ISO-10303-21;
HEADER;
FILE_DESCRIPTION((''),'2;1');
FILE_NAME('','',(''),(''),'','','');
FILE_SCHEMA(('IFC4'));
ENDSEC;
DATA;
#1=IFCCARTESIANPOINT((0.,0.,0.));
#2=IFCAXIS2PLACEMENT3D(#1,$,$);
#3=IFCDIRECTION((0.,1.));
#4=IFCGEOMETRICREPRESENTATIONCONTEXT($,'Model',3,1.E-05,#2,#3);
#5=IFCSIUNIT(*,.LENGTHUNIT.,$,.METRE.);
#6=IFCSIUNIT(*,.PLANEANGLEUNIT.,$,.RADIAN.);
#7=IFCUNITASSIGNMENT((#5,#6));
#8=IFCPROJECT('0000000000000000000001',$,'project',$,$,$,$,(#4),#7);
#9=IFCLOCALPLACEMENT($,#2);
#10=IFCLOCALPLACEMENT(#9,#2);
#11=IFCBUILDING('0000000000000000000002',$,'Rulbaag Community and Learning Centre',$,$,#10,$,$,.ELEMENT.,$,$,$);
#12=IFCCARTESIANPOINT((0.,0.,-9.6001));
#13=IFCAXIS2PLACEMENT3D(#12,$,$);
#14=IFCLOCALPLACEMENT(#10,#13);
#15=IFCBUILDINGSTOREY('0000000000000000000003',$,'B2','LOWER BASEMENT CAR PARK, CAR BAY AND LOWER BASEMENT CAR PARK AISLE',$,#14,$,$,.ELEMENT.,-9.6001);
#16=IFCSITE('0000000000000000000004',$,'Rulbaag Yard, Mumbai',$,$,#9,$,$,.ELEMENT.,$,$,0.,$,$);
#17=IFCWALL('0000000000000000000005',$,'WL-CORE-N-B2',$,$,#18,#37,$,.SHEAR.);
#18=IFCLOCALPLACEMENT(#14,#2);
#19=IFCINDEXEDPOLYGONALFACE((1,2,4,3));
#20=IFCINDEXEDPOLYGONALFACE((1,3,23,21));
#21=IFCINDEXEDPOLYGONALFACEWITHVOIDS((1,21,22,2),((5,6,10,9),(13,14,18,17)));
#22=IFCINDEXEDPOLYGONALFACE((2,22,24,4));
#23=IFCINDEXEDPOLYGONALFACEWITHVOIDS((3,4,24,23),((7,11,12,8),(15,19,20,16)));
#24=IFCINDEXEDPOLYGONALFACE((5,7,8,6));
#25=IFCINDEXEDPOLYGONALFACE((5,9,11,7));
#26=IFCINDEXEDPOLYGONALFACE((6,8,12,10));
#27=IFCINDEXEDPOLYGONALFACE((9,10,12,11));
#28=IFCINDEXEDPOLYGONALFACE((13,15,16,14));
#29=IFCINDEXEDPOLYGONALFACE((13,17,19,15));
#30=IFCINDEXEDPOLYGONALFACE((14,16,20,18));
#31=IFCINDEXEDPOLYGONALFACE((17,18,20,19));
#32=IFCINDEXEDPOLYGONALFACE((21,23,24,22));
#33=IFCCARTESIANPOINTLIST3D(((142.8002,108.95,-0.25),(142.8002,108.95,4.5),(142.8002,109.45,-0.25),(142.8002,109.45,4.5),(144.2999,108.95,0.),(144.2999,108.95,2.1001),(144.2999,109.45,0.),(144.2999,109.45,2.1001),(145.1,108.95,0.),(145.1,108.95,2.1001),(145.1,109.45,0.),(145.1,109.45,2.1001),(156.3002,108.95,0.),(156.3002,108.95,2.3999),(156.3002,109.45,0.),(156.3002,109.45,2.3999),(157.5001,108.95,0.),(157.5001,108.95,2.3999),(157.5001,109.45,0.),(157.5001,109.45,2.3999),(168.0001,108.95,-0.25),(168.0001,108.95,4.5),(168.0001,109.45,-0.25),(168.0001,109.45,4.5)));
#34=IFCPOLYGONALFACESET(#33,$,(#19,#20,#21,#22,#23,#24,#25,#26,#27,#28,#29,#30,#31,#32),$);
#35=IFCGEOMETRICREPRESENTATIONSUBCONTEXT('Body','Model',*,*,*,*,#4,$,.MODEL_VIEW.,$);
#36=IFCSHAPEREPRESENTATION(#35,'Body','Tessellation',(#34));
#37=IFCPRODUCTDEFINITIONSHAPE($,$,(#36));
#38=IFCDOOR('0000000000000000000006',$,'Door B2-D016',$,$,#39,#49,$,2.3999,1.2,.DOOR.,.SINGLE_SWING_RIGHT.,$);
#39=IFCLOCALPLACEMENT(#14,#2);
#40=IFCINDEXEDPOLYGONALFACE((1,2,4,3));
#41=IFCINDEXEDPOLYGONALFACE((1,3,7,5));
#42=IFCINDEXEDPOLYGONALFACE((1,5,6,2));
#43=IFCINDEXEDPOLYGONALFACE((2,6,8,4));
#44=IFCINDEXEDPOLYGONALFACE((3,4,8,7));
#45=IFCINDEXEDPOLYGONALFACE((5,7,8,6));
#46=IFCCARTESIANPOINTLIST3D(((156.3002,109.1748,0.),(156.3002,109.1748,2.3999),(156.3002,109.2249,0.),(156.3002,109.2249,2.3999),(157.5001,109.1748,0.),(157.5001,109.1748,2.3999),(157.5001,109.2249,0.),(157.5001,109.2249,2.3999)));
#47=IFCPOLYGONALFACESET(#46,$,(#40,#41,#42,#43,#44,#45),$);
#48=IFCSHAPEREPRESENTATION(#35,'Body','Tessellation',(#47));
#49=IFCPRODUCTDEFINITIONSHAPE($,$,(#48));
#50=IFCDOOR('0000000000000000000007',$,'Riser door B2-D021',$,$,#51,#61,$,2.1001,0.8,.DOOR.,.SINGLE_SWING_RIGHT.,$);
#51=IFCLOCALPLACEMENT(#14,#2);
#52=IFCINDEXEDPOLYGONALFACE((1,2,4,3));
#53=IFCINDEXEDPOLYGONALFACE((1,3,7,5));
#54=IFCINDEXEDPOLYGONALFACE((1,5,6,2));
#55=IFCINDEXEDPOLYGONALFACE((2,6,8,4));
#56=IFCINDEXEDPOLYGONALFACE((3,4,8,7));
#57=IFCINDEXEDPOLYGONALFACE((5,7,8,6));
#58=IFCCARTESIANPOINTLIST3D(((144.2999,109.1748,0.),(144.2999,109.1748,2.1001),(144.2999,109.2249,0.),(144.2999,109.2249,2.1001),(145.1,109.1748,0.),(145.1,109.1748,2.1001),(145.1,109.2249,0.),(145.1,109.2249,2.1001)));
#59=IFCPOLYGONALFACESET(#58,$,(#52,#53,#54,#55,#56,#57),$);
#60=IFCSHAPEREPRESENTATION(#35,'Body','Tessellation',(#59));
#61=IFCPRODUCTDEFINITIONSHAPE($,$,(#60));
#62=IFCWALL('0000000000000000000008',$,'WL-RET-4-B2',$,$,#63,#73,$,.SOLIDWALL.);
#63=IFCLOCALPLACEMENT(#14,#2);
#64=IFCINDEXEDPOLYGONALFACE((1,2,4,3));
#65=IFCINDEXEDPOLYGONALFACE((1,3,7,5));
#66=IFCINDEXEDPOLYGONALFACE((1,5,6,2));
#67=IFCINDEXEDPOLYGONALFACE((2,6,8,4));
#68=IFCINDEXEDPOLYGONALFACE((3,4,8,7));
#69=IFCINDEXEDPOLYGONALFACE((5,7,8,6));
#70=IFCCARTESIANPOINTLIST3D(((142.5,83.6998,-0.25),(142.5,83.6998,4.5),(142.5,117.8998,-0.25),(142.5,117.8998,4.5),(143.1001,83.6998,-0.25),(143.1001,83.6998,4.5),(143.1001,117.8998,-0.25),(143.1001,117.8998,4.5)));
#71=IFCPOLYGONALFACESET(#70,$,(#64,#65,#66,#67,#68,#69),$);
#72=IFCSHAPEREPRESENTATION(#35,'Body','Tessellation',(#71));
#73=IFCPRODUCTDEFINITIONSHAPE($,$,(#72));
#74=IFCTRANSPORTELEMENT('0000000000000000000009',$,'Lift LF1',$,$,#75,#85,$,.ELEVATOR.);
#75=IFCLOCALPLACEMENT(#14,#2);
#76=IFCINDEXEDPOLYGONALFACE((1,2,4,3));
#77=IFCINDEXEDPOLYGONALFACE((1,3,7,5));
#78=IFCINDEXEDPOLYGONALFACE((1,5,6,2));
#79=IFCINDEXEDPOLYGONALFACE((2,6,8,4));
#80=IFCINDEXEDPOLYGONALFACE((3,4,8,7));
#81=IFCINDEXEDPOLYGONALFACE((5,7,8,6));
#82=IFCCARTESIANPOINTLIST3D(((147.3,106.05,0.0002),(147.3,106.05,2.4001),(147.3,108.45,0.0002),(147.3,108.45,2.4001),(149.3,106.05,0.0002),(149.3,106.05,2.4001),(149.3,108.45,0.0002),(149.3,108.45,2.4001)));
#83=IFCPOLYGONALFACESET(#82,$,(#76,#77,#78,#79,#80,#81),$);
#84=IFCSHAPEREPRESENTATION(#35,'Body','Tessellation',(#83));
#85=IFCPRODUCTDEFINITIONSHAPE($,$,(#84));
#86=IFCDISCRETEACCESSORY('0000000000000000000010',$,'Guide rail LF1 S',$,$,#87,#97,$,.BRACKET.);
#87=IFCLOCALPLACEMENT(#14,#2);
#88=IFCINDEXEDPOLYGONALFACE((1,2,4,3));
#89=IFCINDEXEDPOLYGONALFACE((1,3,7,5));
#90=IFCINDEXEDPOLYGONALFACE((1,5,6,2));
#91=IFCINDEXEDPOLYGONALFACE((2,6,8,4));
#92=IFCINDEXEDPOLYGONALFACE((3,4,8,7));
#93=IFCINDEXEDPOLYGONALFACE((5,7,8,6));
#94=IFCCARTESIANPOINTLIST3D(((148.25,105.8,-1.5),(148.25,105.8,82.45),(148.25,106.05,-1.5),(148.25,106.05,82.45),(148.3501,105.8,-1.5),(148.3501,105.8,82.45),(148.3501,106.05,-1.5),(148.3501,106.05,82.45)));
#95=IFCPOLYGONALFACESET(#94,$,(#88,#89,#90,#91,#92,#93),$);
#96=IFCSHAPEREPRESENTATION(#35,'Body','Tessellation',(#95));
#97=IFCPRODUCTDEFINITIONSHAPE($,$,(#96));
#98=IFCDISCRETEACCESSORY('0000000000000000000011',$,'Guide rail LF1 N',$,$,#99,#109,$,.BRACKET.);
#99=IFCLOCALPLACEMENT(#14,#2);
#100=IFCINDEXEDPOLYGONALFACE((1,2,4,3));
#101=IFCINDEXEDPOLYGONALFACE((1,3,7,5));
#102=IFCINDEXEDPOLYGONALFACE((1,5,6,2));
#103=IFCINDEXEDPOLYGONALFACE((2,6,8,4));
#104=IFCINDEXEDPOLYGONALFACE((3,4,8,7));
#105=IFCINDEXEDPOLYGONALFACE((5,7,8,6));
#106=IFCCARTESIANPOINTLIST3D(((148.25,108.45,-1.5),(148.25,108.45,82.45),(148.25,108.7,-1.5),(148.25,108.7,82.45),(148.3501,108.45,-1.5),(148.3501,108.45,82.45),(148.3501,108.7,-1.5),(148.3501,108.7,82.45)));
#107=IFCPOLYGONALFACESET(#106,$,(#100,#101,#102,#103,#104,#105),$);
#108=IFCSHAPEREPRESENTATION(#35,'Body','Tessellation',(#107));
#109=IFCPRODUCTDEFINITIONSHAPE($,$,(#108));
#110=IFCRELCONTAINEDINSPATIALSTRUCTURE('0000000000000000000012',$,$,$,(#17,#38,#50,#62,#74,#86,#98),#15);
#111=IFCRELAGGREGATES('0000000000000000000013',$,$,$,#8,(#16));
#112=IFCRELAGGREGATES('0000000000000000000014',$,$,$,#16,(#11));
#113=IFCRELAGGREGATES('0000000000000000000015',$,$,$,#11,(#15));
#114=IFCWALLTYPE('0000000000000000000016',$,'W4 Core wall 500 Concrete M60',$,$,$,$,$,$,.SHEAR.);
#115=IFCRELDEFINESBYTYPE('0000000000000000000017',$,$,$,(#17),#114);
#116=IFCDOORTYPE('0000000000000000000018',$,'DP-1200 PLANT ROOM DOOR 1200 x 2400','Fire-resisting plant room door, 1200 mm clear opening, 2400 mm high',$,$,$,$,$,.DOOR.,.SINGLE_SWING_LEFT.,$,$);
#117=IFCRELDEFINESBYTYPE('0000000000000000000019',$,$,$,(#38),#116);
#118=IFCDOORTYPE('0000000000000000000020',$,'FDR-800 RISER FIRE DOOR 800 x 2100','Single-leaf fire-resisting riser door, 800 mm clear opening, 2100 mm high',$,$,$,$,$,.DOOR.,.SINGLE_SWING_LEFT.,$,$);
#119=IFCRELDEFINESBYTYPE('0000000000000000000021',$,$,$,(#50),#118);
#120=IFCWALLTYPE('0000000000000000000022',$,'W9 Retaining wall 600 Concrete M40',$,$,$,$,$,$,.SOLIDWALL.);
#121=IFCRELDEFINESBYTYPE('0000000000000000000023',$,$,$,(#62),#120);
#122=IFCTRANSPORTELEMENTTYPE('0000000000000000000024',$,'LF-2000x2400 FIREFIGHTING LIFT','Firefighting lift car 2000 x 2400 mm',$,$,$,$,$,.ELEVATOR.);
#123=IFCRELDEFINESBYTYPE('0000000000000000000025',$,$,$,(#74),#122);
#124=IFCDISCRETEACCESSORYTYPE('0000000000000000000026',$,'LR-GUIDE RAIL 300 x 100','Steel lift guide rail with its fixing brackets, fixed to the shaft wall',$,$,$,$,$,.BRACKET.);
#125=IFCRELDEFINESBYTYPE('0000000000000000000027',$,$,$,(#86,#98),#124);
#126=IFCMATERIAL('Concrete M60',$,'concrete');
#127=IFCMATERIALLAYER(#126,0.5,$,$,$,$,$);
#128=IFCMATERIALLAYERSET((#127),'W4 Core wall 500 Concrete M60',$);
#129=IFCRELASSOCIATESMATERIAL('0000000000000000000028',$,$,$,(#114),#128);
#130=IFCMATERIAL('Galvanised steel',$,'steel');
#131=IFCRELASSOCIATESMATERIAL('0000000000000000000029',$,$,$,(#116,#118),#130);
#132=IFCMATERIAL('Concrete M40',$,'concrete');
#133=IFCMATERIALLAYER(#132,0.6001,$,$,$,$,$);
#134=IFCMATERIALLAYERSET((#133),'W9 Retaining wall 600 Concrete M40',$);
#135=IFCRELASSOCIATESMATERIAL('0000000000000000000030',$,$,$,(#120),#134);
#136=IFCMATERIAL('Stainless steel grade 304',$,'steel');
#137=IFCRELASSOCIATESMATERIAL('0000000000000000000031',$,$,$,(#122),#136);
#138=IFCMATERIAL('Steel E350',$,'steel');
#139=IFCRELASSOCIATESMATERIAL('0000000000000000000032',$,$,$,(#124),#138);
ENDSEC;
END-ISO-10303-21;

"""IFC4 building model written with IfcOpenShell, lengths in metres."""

from ifc_helpers import new_model, si_unit, direction, frame, frame_2d, origin, origin_2d, place, context, subcontext, project, spatial, rectangle, extrude, material, layer, layer_set, type_object, element, fill, save


model = new_model("IFC4")

# Units and contexts
model_context = context("Model", 3, precision=1e-05, world=origin(), true_north=direction((0.0, 1.0)))
body_context = subcontext(model_context, "Body", "Model", "MODEL_VIEW")
ifc_project = project(units=[si_unit("LENGTHUNIT", "METRE"), si_unit("PLANEANGLEUNIT", "RADIAN")], contexts=[model_context])

# Site, building, storey
site_placement = place(None, origin())
site = spatial("IfcSite", under=ifc_project, at=site_placement, Name="Rulbaag Yard, Mumbai", CompositionType="ELEMENT", RefElevation=0.0)
building_placement = place(site_placement, origin())
building = spatial("IfcBuilding", under=site, at=building_placement, Name="Rulbaag Community and Learning Centre", CompositionType="ELEMENT")
storey_placement = place(building_placement, frame((0.0, 0.0, -9.6001)))
storey = spatial("IfcBuildingStorey", under=building, at=storey_placement, Name="B2", Description="LOWER BASEMENT CAR PARK, CAR BAY AND LOWER BASEMENT CAR PARK AISLE", CompositionType="ELEMENT", Elevation=-9.6001)

# Shared definitions
ifc_material_1 = material(Name="Concrete M60", Category="concrete")

# Shared definitions
ifc_material_2 = material(Name="Concrete M40", Category="concrete")

# Wall, openings, doors
ifc_layer_1 = layer(ifc_material_1, 0.5)
ifc_layer_set_1 = layer_set([ifc_layer_1], Name="W4 Core wall 500 Concrete M60")
wall_type_1 = type_object("IfcWallType", Name="W4 Core wall 500 Concrete M60", PredefinedType="SHEAR", material=ifc_layer_set_1)
wall_1_placement = place(storey_placement, frame((142.8, 109.2, -0.25), z_axis=(0.0, 0.0, 1.0), x_axis=(1.0, 0.0, 0.0)))
wall_1 = element("IfcWall", 1, at=wall_1_placement, inside=storey, type_object=wall_type_1, Name="WL-CORE-N-B2", PredefinedType="SHEAR", context=body_context, shape_type="SweptSolid", body=[
    extrude(rectangle(XDim=25.2, YDim=0.5, at=frame_2d((12.6001, 0.0))), origin(), (0.0, 0.0, 1.0), 4.75),
])
opening_1_placement = place(wall_1_placement, frame((13.5, 0.0, 0.25)))
opening_1 = element("IfcOpeningElement", 2, at=opening_1_placement, cuts=wall_1, PredefinedType="OPENING", context=body_context, shape_type="SweptSolid", body=[
    extrude(rectangle(XDim=1.2, YDim=2.3999, at=frame_2d((0.6001, 1.2))), frame((0.0, 0.26, 0.0), z_axis=(0.0, -1.0, 0.0), x_axis=(1.0, 0.0, 0.0)), (0.0, 0.0, 1.0), 0.52),
])
opening_2_placement = place(wall_1_placement, frame((1.5, 0.0, 0.25)))
opening_2 = element("IfcOpeningElement", 3, at=opening_2_placement, cuts=wall_1, PredefinedType="OPENING", context=body_context, shape_type="SweptSolid", body=[
    extrude(rectangle(XDim=0.8, YDim=2.1001, at=frame_2d((0.3999, 1.05))), frame((0.0, 0.26, 0.0), z_axis=(0.0, -1.0, 0.0), x_axis=(1.0, 0.0, 0.0)), (0.0, 0.0, 1.0), 0.52),
])
ifc_material_3 = material(Name="Galvanised steel", Category="steel")
door_type_1 = type_object("IfcDoorType", Name="DP-1200 PLANT ROOM DOOR 1200 x 2400", Description="Fire-resisting plant room door, 1200 mm clear opening, 2400 mm high", OperationType="SINGLE_SWING_LEFT", PredefinedType="DOOR", material=ifc_material_3)
door_1_placement = place(opening_1_placement, origin())
door_1 = element("IfcDoor", 4, at=door_1_placement, inside=storey, type_object=door_type_1, Name="Door B2-D016", OperationType="SINGLE_SWING_RIGHT", OverallHeight=2.3999, OverallWidth=1.2, PredefinedType="DOOR", context=body_context, shape_type="SweptSolid", body=[
    extrude(rectangle(XDim=1.2, YDim=2.3999, at=frame_2d((0.6001, 1.2))), frame((0.0, 0.0249, 0.0), z_axis=(0.0, -1.0, 0.0), x_axis=(1.0, 0.0, 0.0)), (0.0, 0.0, 1.0), 0.05),
])
fill(opening_1, door_1)
door_type_2 = type_object("IfcDoorType", Name="FDR-800 RISER FIRE DOOR 800 x 2100", Description="Single-leaf fire-resisting riser door, 800 mm clear opening, 2100 mm high", OperationType="SINGLE_SWING_LEFT", PredefinedType="DOOR", material=ifc_material_3)
door_2_placement = place(opening_2_placement, origin())
door_2 = element("IfcDoor", 5, at=door_2_placement, inside=storey, type_object=door_type_2, Name="Riser door B2-D021", OperationType="SINGLE_SWING_RIGHT", OverallHeight=2.1001, OverallWidth=0.8, PredefinedType="DOOR", context=body_context, shape_type="SweptSolid", body=[
    extrude(rectangle(XDim=0.8, YDim=2.1001, at=frame_2d((0.3999, 1.05))), frame((0.0, 0.0249, 0.0), z_axis=(0.0, -1.0, 0.0), x_axis=(1.0, 0.0, 0.0)), (0.0, 0.0, 1.0), 0.05),
])
fill(opening_2, door_2)

# Wall
ifc_layer_2 = layer(ifc_material_2, 0.6001)
ifc_layer_set_2 = layer_set([ifc_layer_2], Name="W9 Retaining wall 600 Concrete M40")
wall_type_2 = type_object("IfcWallType", Name="W9 Retaining wall 600 Concrete M40", PredefinedType="SOLIDWALL", material=ifc_layer_set_2)
wall_2_placement = place(storey_placement, frame((142.8, 117.8999, -0.25), z_axis=(0.0, 0.0, 1.0), x_axis=(0.0, -1.0, 0.0)))
element("IfcWall", 6, at=wall_2_placement, inside=storey, type_object=wall_type_2, Name="WL-RET-4-B2", PredefinedType="SOLIDWALL", context=body_context, shape_type="SweptSolid", body=[
    extrude(rectangle(XDim=34.2, YDim=0.6001, at=frame_2d((17.1001, 0.0))), origin(), (0.0, 0.0, 1.0), 4.75),
])

# Transport element
ifc_material_4 = material(Name="Stainless steel grade 304", Category="steel")
transport_element_type = type_object("IfcTransportElementType", Name="LF-2000x2400 FIREFIGHTING LIFT", Description="Firefighting lift car 2000 x 2400 mm", PredefinedType="ELEVATOR", material=ifc_material_4)
transport_element_placement = place(storey_placement, frame((148.3, 107.25, 0.0002), z_axis=(0.0, 0.0, 1.0), x_axis=(1.0, 0.0, 0.0)))
element("IfcTransportElement", 7, at=transport_element_placement, inside=storey, type_object=transport_element_type, Name="Lift LF1", PredefinedType="ELEVATOR", context=body_context, shape_type="SweptSolid", body=[
    extrude(rectangle(XDim=2.0, YDim=2.3999, at=origin_2d()), origin(), (0.0, 0.0, 1.0), 2.3999),
])

# Discrete accessories
ifc_material_5 = material(Name="Steel E350", Category="steel")
discrete_accessory_type = type_object("IfcDiscreteAccessoryType", Name="LR-GUIDE RAIL 300 x 100", Description="Steel lift guide rail with its fixing brackets, fixed to the shaft wall", PredefinedType="BRACKET", material=ifc_material_5)
for number, where, z_axis, x_axis, name in (
    (8, (148.3, 105.925, -1.5), (0.0, 0.0, 1.0), (1.0, 0.0, 0.0), "Guide rail LF1 S"),
    (9, (148.3, 108.575, -1.5), (0.0, 0.0, 1.0), (1.0, 0.0, 0.0), "Guide rail LF1 N"),
):
    element("IfcDiscreteAccessory", number, at=place(storey_placement, frame(where, z_axis=z_axis, x_axis=x_axis)), inside=storey, type_object=discrete_accessory_type, Name=name, PredefinedType="BRACKET", context=body_context, shape_type="SweptSolid", body=[
        extrude(rectangle(XDim=0.1001, YDim=0.25, at=origin_2d()), origin(), (0.0, 0.0, 1.0), 83.95),
    ])

save(model, "model.ifc")
